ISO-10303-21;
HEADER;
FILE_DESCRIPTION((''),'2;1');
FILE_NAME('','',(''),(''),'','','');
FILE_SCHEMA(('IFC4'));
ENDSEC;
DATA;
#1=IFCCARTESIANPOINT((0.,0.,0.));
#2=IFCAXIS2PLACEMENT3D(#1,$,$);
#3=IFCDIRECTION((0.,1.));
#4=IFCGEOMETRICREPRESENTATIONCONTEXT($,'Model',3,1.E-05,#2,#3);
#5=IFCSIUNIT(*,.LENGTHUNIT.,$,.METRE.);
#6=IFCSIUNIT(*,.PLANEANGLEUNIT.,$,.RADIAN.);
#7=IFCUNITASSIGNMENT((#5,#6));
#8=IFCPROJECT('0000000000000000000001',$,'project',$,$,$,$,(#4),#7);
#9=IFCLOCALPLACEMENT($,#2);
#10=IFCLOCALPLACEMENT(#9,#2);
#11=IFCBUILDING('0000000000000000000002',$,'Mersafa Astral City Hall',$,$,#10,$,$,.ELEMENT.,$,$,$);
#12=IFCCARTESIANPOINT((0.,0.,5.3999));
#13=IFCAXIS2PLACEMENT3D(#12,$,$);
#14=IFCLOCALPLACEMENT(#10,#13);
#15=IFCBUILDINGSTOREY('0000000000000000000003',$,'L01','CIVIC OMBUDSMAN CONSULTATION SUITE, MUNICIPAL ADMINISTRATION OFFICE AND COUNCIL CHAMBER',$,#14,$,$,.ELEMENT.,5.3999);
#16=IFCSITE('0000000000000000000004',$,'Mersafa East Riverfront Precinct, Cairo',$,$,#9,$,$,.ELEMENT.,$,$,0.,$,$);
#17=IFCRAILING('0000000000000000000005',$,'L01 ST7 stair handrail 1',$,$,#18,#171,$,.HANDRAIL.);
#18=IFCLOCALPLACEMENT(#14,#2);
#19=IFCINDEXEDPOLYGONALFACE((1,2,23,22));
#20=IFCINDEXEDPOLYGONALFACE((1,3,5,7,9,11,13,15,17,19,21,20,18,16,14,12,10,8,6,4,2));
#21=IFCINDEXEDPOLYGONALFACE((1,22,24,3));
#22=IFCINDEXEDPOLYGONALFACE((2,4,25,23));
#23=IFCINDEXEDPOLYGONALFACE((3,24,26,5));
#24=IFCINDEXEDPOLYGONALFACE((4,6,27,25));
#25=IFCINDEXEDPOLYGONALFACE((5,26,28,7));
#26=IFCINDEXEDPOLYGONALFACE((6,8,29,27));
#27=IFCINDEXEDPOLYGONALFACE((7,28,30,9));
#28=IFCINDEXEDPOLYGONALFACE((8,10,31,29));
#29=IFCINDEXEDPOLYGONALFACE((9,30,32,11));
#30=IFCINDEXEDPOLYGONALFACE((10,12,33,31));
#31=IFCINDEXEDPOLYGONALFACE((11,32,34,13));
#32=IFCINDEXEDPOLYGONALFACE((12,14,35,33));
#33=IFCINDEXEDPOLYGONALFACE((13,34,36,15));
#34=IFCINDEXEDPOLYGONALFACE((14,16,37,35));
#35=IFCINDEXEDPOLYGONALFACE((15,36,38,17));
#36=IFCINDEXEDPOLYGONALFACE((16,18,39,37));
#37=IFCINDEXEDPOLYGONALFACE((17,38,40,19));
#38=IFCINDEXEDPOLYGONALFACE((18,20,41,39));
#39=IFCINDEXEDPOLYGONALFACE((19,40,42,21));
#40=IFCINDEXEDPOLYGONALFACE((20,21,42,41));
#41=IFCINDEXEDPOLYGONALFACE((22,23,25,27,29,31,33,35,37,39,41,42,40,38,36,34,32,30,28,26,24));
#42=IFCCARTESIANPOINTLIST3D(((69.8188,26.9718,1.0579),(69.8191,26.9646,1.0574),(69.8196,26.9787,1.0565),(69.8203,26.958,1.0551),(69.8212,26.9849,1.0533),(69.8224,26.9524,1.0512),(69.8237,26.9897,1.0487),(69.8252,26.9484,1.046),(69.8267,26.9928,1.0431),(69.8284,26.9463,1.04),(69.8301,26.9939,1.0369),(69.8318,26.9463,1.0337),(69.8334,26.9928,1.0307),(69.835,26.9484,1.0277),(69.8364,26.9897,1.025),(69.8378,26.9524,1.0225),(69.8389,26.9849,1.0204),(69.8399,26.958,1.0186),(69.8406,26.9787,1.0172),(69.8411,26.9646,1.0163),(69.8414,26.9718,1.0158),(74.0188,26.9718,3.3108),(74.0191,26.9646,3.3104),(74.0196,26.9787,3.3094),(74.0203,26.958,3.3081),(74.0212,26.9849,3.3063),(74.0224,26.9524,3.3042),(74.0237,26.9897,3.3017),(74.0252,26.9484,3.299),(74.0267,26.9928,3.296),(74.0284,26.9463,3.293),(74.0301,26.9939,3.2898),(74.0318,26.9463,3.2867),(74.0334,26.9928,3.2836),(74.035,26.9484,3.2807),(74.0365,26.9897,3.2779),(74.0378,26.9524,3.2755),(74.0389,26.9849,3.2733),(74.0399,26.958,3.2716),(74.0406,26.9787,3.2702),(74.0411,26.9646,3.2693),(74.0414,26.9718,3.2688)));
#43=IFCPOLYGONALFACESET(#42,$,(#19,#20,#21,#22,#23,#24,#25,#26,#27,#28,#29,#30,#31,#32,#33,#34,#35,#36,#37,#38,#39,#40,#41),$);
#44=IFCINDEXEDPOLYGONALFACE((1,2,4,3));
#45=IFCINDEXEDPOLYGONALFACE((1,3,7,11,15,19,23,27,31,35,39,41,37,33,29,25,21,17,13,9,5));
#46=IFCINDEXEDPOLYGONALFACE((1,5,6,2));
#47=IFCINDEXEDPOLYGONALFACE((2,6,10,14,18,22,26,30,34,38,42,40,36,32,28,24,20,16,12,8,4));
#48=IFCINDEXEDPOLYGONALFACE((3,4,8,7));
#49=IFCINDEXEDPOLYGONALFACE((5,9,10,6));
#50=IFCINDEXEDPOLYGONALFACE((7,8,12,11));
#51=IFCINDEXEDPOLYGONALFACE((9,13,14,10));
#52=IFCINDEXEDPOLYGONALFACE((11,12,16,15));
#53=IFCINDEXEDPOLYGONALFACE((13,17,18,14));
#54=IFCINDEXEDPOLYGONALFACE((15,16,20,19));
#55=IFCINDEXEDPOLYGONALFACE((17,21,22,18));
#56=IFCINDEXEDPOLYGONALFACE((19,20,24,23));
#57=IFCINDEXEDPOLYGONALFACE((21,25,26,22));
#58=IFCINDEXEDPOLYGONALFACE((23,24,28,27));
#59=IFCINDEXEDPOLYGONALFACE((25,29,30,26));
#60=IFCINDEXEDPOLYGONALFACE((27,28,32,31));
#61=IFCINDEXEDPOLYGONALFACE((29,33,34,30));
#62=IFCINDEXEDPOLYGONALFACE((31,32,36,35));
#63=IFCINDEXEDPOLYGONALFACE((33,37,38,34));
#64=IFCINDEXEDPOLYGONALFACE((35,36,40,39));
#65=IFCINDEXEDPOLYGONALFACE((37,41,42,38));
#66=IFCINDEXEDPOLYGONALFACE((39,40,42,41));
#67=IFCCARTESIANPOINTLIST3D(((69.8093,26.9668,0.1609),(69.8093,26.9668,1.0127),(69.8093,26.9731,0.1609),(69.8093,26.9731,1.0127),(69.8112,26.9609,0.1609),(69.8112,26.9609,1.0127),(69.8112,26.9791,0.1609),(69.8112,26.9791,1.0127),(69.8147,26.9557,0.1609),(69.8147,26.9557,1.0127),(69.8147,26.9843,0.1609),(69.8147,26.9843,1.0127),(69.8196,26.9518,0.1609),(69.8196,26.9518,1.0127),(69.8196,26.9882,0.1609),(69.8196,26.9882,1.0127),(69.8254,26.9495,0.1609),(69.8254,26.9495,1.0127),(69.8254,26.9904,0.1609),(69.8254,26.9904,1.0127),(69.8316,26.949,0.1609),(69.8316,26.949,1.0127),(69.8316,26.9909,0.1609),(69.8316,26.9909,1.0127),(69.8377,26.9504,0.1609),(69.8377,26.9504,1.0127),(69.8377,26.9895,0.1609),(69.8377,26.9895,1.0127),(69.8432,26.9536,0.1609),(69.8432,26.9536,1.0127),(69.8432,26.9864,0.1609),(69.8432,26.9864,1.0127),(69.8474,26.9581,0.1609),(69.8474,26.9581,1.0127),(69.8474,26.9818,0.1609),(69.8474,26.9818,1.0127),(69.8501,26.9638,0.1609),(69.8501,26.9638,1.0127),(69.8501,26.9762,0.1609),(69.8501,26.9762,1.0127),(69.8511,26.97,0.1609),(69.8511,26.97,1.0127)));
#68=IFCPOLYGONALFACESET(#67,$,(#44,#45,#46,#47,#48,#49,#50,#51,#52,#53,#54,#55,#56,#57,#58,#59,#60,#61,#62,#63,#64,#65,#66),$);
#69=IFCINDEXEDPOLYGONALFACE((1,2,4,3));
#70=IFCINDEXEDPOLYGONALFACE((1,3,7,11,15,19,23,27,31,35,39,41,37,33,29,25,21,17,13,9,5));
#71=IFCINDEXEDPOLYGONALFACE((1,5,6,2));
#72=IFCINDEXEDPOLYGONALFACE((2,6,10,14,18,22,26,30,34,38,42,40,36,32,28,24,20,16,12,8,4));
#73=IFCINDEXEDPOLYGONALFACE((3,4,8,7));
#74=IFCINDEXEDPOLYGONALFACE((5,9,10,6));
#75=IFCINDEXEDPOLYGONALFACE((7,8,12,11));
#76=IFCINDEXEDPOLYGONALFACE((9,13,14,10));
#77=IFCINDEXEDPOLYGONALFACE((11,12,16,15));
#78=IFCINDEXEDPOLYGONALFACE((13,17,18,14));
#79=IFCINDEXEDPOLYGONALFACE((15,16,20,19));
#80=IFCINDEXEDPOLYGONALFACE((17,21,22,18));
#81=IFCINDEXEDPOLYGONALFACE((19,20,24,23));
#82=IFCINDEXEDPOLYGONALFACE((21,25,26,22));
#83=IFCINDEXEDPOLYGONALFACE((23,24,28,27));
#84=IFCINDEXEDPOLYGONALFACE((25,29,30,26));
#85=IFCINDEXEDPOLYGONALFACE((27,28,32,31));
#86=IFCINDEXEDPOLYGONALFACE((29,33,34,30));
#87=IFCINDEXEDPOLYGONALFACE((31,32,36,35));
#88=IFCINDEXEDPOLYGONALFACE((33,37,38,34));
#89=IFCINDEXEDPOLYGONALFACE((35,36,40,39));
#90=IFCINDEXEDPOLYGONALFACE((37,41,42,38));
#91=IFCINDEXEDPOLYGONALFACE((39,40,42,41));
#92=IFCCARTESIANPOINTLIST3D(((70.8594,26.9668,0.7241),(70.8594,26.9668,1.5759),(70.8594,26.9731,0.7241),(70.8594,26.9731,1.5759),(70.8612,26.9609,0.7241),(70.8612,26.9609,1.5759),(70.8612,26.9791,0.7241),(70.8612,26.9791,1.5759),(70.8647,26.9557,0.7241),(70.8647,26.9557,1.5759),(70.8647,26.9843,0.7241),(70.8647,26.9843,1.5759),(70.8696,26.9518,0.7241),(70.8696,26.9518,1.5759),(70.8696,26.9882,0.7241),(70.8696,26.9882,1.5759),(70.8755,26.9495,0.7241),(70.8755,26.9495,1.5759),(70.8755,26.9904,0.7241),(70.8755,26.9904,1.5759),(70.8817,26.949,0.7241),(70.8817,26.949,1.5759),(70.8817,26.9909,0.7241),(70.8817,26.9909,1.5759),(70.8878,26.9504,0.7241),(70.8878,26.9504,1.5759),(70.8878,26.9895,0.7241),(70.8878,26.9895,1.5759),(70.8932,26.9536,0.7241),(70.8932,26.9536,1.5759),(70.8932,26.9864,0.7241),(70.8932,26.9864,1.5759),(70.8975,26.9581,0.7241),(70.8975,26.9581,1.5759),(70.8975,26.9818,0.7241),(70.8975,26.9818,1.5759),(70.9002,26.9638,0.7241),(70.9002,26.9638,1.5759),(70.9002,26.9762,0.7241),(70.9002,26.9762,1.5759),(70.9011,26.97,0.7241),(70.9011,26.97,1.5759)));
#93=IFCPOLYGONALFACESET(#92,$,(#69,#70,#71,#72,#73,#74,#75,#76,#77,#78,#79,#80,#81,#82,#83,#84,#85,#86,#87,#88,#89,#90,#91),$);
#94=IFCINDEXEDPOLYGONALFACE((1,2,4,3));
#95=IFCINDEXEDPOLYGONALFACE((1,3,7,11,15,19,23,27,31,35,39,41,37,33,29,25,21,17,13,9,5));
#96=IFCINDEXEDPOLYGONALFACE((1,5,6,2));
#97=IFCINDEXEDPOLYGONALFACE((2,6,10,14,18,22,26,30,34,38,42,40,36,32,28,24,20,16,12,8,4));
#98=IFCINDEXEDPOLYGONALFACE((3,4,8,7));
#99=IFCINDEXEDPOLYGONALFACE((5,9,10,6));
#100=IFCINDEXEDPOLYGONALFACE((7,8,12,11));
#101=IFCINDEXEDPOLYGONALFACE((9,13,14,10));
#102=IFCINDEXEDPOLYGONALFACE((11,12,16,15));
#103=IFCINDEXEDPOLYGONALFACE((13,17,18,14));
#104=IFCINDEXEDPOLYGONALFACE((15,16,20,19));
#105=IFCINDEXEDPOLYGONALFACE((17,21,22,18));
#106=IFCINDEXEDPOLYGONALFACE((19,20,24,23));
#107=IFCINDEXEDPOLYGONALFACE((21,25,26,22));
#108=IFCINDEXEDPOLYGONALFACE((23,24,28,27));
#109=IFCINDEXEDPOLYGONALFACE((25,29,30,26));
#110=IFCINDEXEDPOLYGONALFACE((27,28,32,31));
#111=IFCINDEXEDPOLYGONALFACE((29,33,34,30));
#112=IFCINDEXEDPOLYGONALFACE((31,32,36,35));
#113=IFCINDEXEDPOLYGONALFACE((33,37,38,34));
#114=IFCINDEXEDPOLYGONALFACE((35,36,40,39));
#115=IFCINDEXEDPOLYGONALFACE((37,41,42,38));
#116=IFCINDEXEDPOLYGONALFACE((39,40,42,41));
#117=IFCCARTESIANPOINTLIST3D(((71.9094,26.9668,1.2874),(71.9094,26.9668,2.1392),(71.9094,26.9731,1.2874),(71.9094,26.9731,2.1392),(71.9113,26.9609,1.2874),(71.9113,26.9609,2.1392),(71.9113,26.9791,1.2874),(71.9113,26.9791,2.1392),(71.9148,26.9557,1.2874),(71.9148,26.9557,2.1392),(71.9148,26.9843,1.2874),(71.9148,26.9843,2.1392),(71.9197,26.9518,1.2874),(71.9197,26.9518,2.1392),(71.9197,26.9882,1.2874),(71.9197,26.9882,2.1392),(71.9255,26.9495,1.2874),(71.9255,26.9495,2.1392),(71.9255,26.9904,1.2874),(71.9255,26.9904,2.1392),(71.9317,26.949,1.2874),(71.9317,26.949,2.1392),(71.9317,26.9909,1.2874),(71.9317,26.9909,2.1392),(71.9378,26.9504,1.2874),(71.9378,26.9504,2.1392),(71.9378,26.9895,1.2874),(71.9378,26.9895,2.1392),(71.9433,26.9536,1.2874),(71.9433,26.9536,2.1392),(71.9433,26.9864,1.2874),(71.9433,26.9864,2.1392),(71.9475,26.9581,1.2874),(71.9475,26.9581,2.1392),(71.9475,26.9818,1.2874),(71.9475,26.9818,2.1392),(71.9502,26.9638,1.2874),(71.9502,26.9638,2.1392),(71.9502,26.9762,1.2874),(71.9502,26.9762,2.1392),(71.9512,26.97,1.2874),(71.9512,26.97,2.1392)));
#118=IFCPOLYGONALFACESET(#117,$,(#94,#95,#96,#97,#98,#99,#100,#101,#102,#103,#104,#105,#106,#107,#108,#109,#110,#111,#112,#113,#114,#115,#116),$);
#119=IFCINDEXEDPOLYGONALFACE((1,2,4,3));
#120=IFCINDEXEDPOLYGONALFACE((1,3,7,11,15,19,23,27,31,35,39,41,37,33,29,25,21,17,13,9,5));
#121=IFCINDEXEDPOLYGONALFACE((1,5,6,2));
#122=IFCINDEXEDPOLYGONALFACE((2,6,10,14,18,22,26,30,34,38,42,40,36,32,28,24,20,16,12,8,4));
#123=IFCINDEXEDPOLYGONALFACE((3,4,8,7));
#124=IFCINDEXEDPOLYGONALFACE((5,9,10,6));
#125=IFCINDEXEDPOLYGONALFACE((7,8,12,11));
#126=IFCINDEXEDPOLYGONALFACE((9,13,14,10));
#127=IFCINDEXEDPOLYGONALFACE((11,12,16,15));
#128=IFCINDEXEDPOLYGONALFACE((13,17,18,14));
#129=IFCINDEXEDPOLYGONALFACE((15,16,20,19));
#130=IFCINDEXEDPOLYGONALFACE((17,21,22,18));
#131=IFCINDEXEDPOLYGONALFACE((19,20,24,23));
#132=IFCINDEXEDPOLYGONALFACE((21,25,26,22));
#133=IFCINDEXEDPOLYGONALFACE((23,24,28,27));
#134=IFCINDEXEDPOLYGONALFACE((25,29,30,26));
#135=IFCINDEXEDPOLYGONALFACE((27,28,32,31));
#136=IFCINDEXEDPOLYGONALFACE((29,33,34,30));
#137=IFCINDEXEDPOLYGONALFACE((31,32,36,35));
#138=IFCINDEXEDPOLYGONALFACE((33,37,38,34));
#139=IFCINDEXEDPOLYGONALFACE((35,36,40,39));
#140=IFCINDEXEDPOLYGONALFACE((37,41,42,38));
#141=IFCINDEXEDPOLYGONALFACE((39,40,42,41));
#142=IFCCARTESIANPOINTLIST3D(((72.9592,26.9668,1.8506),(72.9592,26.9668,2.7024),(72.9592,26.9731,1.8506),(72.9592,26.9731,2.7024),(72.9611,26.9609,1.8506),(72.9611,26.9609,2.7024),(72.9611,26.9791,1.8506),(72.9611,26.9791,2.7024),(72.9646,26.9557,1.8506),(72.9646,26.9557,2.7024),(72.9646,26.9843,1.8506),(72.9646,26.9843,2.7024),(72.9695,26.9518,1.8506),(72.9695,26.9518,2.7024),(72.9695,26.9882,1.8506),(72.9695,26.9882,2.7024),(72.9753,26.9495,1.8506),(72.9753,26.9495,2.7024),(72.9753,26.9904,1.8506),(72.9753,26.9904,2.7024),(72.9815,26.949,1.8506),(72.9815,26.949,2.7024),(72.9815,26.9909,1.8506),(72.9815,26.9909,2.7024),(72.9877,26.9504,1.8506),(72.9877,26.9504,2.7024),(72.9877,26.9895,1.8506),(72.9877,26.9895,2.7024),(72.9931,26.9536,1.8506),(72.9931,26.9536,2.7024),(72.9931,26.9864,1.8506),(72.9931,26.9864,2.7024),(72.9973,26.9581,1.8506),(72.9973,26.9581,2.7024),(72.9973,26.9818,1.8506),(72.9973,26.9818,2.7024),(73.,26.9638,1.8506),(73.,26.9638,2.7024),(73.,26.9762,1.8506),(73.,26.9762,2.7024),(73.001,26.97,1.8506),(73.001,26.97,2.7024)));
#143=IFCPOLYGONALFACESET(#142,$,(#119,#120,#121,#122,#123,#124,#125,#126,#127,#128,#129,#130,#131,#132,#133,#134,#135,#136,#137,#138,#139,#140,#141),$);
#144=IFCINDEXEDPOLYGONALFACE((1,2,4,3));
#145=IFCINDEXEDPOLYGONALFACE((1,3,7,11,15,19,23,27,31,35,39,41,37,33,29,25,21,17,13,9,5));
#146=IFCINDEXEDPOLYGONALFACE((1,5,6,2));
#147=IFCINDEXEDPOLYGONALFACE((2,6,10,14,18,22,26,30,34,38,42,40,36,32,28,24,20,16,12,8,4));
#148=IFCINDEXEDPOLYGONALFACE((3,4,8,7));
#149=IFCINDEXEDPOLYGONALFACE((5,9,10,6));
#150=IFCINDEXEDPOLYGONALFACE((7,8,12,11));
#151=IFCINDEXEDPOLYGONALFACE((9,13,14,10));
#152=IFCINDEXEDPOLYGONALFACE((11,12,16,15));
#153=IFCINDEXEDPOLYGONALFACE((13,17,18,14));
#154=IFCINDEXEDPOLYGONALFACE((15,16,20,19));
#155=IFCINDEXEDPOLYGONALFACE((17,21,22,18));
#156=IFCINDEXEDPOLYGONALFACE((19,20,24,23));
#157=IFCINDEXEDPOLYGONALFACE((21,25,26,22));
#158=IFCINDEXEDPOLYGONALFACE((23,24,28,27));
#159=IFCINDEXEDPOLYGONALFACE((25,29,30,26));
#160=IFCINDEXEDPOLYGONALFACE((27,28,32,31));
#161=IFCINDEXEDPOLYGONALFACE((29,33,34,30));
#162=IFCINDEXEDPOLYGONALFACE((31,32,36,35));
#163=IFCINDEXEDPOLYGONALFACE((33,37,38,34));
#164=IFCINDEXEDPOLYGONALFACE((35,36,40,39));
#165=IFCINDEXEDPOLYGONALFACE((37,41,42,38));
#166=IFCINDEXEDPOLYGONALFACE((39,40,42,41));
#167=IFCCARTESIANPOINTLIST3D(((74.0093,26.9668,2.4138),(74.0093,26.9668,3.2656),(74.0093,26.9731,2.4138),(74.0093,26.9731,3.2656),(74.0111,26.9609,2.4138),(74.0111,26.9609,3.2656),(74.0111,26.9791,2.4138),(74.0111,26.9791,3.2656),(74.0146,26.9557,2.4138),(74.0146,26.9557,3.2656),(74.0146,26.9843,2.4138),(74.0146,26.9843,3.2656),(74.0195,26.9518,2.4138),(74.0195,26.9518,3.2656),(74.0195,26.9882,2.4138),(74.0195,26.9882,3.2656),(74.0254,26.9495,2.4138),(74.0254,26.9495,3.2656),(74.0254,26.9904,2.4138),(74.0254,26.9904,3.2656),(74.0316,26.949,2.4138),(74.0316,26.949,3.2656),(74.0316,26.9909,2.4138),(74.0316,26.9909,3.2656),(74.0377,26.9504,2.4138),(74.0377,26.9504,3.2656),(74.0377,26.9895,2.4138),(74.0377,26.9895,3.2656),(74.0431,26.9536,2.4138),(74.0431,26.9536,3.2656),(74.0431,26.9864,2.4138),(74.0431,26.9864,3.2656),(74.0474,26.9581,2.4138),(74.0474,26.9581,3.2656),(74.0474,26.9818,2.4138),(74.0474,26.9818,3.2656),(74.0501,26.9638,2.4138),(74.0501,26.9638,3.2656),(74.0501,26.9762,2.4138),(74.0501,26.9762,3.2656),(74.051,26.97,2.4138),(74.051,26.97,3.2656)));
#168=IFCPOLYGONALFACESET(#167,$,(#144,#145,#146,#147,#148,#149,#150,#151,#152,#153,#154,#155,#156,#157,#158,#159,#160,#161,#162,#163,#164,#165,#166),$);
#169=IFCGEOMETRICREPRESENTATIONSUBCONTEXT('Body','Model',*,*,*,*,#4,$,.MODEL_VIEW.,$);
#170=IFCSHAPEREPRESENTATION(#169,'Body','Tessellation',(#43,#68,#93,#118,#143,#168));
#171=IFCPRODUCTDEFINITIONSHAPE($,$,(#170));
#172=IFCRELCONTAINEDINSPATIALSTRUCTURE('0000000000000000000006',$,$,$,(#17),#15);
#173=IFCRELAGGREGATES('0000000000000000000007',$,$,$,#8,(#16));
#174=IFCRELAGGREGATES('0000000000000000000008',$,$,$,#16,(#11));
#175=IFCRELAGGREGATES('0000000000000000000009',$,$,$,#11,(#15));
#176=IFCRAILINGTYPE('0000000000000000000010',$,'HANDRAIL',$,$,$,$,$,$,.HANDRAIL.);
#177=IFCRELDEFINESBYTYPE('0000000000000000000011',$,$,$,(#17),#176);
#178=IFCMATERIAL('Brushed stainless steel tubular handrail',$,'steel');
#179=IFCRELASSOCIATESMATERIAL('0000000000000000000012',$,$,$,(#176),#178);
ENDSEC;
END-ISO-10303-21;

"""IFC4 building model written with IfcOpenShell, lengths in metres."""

from ifc_helpers import new_model, si_unit, direction, frame, origin, origin_2d, place, context, subcontext, project, spatial, circle, extrude, material, type_object, element, save


model = new_model("IFC4")

# Units and contexts
model_context = context("Model", 3, precision=1e-05, world=origin(), true_north=direction((0.0, 1.0)))
body_context = subcontext(model_context, "Body", "Model", "MODEL_VIEW")
ifc_project = project(units=[si_unit("LENGTHUNIT", "METRE"), si_unit("PLANEANGLEUNIT", "RADIAN")], contexts=[model_context])

# Site, building, storey
site_placement = place(None, origin())
site = spatial("IfcSite", under=ifc_project, at=site_placement, Name="Mersafa East Riverfront Precinct, Cairo", CompositionType="ELEMENT", RefElevation=0.0)
building_placement = place(site_placement, origin())
building = spatial("IfcBuilding", under=site, at=building_placement, Name="Mersafa Astral City Hall", CompositionType="ELEMENT")
storey_placement = place(building_placement, frame((0.0, 0.0, 5.3999)))
storey = spatial("IfcBuildingStorey", under=building, at=storey_placement, Name="L01", Description="CIVIC OMBUDSMAN CONSULTATION SUITE, MUNICIPAL ADMINISTRATION OFFICE AND COUNCIL CHAMBER", CompositionType="ELEMENT", Elevation=5.3999)

# Railing
ifc_material_1 = material(Name="Brushed stainless steel tubular handrail", Category="steel")
railing_type_1 = type_object("IfcRailingType", Name="HANDRAIL", PredefinedType="HANDRAIL", material=ifc_material_1)
railing_1_placement = place(storey_placement, frame((69.8301, 26.97, 0.1609)))
element("IfcRailing", 1, at=railing_1_placement, inside=storey, type_object=railing_type_1, Name="L01 ST7 stair handrail 1", PredefinedType="HANDRAIL", context=body_context, shape_type="SweptSolid", body=[
    extrude(circle(Radius=0.0239, at=origin_2d()), frame((0.0, 0.0, 0.876), z_axis=(0.881222, 0.0, 0.472703), x_axis=(0.0, 1.0, 0.0)), (0.0, 0.0, 1.0), 4.7661),
    extrude(circle(Radius=0.021, at=origin_2d()), origin(), (0.0, 0.0, 1.0), 0.8518),
    extrude(circle(Radius=0.021, at=origin_2d()), frame((1.05, 0.0, 0.5632)), (0.0, 0.0, 1.0), 0.8518),
    extrude(circle(Radius=0.021, at=origin_2d()), frame((2.1001, 0.0, 1.1265)), (0.0, 0.0, 1.0), 0.8518),
    extrude(circle(Radius=0.021, at=origin_2d()), frame((3.1499, 0.0, 1.6897)), (0.0, 0.0, 1.0), 0.8518),
    extrude(circle(Radius=0.021, at=origin_2d()), frame((4.2, 0.0, 2.2529)), (0.0, 0.0, 1.0), 0.8518),
])

save(model, "model.ifc")
